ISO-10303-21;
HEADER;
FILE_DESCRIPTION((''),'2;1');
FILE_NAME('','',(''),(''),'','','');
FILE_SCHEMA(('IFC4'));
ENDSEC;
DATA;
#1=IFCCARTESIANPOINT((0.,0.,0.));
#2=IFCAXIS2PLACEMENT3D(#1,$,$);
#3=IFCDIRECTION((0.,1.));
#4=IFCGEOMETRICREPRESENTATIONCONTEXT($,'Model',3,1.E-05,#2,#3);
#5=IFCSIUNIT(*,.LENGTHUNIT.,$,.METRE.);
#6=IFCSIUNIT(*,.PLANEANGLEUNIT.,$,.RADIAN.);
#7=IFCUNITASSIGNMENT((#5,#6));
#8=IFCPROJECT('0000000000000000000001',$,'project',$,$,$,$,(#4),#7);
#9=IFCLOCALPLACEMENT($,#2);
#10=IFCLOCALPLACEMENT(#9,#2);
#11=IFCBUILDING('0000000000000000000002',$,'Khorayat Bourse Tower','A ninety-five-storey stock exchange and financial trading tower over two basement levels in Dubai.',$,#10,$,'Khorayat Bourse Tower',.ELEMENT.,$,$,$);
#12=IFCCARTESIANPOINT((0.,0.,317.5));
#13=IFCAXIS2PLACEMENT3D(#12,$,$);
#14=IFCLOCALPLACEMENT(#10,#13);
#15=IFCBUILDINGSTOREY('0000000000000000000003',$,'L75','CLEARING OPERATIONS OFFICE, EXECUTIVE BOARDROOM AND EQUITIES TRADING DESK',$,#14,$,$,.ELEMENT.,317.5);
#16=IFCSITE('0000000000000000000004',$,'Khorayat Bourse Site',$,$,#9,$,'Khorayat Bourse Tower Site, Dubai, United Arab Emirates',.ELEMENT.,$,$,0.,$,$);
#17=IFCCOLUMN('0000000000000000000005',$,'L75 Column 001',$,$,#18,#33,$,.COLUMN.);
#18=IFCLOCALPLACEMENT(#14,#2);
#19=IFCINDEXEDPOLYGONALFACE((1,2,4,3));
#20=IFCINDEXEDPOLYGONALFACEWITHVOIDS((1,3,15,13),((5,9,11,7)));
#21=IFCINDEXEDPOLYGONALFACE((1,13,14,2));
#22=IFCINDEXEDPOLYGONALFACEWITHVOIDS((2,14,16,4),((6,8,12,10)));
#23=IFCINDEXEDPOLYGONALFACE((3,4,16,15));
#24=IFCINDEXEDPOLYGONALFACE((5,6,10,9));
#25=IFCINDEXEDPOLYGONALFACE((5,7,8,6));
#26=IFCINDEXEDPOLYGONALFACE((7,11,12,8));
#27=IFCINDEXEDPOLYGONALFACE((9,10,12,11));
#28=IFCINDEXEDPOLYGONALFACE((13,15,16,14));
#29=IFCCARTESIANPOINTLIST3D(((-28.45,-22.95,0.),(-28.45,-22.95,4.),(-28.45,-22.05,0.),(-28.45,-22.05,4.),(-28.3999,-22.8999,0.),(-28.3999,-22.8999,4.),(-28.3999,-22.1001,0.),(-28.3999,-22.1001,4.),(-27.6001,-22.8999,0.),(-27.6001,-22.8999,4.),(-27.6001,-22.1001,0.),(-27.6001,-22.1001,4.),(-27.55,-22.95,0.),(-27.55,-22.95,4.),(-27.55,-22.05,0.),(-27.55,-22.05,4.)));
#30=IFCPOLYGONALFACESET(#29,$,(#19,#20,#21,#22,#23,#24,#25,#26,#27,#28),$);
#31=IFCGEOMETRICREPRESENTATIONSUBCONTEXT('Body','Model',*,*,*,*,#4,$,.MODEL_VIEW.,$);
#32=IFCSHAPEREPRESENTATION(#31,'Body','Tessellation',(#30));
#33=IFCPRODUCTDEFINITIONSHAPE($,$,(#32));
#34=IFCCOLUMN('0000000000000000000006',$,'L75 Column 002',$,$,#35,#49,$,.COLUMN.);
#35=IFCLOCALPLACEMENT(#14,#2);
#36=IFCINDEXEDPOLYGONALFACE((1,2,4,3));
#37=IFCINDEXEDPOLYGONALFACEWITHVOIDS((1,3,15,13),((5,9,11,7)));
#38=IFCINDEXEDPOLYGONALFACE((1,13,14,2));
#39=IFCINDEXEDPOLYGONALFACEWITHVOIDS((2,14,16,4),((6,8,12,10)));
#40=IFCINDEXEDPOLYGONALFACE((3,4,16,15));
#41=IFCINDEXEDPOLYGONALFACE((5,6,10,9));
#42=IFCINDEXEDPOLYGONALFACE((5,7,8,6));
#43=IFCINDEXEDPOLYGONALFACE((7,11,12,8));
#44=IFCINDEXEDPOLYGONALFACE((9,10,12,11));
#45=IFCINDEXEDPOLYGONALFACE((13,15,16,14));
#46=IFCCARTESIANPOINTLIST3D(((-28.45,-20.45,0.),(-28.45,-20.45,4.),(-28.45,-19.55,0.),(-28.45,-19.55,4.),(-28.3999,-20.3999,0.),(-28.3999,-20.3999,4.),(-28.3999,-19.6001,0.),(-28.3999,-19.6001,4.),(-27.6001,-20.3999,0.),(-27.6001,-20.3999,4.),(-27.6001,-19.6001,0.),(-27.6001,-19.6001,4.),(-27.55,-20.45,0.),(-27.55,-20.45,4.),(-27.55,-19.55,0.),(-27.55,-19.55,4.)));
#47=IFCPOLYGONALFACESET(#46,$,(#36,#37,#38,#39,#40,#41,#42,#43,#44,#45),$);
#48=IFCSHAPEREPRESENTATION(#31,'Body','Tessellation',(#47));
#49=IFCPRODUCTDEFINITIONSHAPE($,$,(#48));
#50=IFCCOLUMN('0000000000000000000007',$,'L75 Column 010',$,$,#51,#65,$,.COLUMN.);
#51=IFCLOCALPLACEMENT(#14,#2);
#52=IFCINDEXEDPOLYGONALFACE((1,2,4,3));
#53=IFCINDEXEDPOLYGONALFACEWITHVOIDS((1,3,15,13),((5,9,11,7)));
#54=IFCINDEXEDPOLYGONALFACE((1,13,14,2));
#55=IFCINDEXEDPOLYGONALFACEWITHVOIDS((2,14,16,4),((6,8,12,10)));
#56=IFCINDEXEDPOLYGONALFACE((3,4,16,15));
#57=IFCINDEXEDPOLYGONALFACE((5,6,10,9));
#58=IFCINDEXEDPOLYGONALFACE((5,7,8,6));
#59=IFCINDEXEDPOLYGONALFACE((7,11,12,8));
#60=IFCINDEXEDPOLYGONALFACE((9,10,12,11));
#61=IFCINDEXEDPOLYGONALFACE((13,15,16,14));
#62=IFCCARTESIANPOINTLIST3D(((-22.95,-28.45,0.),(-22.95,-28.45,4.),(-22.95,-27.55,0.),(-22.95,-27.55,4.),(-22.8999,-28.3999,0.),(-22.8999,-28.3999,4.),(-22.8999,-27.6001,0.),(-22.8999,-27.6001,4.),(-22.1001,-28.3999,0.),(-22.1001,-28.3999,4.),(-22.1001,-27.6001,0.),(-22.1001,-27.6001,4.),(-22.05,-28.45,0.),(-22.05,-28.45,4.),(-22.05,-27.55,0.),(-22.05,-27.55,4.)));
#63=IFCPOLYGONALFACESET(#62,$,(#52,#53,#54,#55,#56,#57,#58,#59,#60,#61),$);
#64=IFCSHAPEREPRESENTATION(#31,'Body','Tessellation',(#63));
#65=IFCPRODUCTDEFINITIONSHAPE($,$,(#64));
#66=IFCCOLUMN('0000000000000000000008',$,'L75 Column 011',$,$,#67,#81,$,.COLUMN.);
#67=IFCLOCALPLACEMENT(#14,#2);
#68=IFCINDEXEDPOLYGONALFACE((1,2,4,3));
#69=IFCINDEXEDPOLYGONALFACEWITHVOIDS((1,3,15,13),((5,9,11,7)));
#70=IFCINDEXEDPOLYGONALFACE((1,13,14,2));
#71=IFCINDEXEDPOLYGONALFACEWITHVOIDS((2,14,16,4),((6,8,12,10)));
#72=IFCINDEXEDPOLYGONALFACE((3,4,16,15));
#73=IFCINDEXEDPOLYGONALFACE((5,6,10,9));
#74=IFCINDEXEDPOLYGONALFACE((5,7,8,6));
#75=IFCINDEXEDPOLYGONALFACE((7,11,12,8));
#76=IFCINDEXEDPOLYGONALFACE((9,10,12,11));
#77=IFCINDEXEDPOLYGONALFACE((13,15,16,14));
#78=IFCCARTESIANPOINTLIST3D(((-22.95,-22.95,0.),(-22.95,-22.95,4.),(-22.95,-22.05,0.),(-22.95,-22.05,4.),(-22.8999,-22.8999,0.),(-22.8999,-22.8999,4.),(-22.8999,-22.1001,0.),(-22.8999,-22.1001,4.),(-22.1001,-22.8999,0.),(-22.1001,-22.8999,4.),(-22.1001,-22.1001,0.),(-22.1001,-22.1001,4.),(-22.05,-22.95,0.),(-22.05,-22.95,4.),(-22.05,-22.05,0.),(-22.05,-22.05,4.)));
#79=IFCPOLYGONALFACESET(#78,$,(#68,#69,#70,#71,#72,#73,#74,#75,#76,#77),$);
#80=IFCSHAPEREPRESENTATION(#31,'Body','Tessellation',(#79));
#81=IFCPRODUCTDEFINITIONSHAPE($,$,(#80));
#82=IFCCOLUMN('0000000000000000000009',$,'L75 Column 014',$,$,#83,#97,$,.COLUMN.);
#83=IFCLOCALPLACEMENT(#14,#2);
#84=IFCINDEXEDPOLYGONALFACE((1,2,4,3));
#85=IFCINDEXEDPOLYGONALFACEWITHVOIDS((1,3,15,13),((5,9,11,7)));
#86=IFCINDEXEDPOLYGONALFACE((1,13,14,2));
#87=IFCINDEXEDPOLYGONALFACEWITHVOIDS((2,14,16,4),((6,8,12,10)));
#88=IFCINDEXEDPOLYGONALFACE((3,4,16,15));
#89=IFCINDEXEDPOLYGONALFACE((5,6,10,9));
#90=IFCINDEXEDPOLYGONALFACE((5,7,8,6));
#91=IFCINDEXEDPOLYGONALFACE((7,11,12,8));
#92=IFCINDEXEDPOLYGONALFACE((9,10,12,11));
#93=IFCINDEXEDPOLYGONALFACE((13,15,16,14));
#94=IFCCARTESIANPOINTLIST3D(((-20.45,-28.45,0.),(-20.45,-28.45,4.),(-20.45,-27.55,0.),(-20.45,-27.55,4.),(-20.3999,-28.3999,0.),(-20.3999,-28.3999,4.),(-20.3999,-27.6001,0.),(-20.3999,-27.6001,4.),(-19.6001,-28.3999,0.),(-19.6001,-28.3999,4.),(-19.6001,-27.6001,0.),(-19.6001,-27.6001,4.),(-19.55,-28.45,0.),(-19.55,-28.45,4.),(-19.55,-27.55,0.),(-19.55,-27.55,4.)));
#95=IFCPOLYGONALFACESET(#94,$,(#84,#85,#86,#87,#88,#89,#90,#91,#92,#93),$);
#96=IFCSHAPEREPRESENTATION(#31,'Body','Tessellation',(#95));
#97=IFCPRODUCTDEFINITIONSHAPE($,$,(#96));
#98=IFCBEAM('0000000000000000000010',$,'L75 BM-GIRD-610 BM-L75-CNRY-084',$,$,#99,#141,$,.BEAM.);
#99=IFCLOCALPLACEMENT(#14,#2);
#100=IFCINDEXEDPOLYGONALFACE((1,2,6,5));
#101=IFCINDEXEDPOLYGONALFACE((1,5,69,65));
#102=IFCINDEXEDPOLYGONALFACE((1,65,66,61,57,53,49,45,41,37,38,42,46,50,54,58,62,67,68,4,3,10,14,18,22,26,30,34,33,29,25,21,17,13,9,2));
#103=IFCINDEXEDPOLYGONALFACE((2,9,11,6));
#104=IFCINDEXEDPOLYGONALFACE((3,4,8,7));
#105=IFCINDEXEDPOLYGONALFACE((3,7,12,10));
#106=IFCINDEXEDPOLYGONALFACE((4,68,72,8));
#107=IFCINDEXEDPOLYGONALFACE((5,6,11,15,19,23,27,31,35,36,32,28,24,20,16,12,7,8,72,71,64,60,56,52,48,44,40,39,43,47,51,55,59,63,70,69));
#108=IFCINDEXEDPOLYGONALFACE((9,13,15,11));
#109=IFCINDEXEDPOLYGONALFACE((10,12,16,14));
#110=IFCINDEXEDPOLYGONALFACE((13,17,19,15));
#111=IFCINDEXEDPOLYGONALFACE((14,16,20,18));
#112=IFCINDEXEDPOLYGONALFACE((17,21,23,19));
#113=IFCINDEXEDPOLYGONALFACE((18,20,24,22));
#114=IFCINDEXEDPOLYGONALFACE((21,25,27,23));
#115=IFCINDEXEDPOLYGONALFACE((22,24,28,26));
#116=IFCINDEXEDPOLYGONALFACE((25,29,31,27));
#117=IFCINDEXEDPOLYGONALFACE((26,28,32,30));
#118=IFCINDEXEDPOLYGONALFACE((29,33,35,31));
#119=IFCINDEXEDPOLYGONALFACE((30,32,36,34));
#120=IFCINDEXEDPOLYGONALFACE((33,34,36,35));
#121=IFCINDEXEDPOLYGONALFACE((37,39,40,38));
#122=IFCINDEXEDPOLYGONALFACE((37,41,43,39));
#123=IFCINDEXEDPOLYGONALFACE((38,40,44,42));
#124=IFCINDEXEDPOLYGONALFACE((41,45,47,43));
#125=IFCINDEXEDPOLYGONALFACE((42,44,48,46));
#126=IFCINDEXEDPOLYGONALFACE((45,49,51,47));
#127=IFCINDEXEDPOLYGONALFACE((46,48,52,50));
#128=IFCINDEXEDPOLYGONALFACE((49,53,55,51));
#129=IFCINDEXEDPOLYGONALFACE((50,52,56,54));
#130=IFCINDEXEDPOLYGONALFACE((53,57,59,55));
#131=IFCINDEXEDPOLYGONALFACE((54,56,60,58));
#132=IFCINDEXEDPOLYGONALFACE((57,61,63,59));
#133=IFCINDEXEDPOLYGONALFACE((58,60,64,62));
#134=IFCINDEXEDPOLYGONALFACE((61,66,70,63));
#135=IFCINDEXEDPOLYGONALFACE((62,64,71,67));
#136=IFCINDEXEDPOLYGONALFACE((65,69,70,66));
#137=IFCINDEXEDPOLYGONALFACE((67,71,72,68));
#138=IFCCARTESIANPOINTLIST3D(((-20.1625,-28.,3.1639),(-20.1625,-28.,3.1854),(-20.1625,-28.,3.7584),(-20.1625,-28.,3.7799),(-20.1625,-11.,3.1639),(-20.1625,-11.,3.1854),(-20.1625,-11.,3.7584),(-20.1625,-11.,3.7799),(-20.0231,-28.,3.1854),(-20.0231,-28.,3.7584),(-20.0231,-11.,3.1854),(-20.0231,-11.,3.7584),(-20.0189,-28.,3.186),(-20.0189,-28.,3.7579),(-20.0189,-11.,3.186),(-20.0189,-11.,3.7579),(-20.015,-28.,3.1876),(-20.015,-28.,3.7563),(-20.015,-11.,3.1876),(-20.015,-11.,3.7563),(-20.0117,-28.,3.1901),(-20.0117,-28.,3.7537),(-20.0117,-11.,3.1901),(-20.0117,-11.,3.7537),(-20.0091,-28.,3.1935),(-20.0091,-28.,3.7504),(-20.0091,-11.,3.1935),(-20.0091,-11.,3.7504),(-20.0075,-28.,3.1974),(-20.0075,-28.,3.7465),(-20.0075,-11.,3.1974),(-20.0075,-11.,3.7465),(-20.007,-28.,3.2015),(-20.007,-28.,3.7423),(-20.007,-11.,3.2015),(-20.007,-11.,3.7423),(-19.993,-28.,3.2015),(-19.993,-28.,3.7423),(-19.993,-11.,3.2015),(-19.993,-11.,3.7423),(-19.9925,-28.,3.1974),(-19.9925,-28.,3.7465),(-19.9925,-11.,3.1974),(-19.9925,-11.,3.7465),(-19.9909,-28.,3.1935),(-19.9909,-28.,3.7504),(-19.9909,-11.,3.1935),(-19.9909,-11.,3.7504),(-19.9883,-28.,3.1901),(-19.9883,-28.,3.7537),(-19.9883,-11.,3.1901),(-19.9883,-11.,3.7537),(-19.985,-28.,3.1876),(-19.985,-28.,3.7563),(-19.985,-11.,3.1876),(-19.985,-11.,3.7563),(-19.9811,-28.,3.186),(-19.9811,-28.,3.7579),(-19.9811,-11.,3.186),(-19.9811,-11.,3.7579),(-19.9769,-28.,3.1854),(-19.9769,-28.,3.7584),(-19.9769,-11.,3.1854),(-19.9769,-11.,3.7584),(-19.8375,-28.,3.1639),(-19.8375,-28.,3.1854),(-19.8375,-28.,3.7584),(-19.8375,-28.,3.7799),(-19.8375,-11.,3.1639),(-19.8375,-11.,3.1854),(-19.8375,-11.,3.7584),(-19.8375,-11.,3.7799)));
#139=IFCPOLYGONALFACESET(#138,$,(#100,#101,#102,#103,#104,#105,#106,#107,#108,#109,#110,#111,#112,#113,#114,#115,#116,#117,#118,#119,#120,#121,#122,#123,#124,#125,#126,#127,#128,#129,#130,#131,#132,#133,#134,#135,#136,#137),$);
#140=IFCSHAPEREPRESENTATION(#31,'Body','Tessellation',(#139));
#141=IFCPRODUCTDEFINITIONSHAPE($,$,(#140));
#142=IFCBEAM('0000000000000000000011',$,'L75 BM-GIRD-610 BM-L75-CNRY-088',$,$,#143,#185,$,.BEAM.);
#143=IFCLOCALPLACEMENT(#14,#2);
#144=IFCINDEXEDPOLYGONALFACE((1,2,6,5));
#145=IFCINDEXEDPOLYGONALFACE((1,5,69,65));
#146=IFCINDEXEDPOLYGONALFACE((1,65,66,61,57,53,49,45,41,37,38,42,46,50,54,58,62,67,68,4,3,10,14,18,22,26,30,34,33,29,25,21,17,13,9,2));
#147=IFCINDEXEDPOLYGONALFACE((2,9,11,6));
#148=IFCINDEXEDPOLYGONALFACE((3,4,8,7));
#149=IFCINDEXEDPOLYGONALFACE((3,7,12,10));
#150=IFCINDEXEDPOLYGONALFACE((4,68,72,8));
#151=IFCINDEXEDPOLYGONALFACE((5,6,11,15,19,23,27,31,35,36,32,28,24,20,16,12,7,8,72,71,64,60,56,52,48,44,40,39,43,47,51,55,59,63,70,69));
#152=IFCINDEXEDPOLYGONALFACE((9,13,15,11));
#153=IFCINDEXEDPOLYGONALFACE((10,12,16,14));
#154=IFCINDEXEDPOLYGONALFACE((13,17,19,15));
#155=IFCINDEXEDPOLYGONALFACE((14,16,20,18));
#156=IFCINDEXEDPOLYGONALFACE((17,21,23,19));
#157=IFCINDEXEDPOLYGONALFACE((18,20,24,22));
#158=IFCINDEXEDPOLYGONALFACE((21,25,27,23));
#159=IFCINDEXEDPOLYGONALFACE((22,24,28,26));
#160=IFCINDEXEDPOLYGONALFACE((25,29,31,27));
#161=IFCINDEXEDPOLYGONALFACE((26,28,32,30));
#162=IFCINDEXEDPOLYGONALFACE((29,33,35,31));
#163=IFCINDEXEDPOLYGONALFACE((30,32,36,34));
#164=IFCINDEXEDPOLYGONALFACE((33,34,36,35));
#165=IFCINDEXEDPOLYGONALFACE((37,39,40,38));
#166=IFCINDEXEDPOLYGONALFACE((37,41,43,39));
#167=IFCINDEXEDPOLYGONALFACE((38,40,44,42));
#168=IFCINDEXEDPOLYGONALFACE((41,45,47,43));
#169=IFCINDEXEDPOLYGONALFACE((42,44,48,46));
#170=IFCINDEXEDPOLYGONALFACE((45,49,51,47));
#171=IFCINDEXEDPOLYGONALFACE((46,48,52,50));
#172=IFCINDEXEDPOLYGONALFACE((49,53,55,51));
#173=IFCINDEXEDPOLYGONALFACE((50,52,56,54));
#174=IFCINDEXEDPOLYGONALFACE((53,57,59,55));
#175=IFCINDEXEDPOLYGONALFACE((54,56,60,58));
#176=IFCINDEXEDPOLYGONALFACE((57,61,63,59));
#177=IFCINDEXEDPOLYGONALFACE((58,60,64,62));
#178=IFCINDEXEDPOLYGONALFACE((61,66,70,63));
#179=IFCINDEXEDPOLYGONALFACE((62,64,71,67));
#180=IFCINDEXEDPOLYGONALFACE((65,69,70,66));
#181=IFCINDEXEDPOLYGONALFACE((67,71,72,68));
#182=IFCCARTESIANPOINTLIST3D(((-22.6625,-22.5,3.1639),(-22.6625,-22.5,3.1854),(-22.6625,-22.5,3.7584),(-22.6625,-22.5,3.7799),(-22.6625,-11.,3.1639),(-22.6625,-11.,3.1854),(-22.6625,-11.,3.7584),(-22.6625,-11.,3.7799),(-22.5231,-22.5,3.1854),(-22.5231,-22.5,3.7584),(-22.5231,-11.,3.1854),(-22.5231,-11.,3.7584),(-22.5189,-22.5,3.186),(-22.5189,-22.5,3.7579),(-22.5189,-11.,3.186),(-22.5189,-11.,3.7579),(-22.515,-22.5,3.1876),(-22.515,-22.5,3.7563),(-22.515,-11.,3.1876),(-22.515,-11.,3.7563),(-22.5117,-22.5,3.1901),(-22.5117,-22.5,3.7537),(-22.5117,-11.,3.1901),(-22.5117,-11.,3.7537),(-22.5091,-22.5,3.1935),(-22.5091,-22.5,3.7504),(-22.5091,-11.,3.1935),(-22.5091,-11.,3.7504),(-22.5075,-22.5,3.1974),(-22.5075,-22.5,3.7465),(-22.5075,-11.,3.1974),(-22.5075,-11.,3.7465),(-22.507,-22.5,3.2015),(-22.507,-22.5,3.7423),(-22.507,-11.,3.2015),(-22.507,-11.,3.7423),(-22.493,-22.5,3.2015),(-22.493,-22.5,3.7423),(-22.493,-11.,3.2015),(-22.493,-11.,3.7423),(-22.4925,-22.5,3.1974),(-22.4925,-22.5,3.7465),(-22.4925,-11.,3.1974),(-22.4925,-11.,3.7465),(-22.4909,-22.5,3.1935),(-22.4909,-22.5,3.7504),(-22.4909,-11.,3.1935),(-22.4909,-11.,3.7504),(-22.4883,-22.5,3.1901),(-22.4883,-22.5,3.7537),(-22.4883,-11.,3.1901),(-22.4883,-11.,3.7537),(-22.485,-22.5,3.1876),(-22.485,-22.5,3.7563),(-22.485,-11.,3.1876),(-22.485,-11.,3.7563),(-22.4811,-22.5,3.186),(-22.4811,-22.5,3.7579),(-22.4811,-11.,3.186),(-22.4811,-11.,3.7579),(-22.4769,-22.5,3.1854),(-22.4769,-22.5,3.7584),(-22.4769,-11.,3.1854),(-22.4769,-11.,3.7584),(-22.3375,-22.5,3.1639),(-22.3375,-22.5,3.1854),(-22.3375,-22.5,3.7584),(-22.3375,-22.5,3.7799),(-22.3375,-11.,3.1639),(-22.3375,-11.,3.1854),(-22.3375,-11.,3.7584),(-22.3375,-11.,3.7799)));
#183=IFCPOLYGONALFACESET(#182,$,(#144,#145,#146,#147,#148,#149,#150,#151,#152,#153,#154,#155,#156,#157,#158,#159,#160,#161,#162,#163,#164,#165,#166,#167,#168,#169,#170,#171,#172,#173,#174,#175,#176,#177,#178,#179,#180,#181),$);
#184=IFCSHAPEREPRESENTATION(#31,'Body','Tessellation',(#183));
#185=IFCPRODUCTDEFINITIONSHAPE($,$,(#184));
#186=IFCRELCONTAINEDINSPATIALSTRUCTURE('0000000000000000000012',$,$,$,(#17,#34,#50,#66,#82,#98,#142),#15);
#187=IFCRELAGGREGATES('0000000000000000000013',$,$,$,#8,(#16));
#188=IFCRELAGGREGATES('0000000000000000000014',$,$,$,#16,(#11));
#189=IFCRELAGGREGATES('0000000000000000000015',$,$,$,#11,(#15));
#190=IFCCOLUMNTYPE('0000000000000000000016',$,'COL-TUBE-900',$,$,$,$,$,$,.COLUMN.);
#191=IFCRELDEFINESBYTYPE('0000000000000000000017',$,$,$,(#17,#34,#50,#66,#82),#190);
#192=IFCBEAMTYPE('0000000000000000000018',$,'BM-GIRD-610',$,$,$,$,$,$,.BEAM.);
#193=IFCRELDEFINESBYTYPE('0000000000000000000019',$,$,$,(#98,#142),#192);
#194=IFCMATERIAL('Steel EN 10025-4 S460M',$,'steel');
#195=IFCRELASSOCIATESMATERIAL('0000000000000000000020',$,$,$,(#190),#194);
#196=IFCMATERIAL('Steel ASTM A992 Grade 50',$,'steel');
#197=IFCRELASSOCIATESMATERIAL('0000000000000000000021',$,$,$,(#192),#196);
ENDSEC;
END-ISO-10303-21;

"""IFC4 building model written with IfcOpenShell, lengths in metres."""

from ifc_helpers import new_model, si_unit, direction, frame, origin, origin_2d, place, context, subcontext, project, spatial, hollow_rectangle, i_section, extrude, source, transform, mapped, material, material_profile, profile_set, type_object, element, save


model = new_model("IFC4")

# Units and contexts
model_context = context("Model", 3, precision=1e-05, world=origin(), true_north=direction((0.0, 1.0)))
body_context = subcontext(model_context, "Body", "Model", "MODEL_VIEW")
ifc_project = project(units=[si_unit("LENGTHUNIT", "METRE"), si_unit("PLANEANGLEUNIT", "RADIAN")], contexts=[model_context])

# Site, building, storey
site_placement = place(None, origin())
site = spatial("IfcSite", under=ifc_project, at=site_placement, Name="Khorayat Bourse Site", LongName="Khorayat Bourse Tower Site, Dubai, United Arab Emirates", CompositionType="ELEMENT", RefElevation=0.0)
building_placement = place(site_placement, origin())
building = spatial("IfcBuilding", under=site, at=building_placement, Name="Khorayat Bourse Tower", Description="A ninety-five-storey stock exchange and financial trading tower over two basement levels in Dubai.", LongName="Khorayat Bourse Tower", CompositionType="ELEMENT")
storey_placement = place(building_placement, frame((0.0, 0.0, 317.5)))
storey = spatial("IfcBuildingStorey", under=building, at=storey_placement, Name="L75", Description="CLEARING OPERATIONS OFFICE, EXECUTIVE BOARDROOM AND EQUITIES TRADING DESK", CompositionType="ELEMENT", Elevation=317.5)

# Columns
ifc_material_1 = material(Name="Steel EN 10025-4 S460M", Category="steel")
ifc_material_profile_1 = material_profile(ifc_material_1, hollow_rectangle(XDim=0.8999, YDim=0.8999, WallThickness=0.05, at=origin_2d()), Name="BOX 900x900x50")
ifc_profile_set_1 = profile_set([ifc_material_profile_1], Name="Steel EN 10025-4 S460M")
column_type = type_object("IfcColumnType", Name="COL-TUBE-900", PredefinedType="COLUMN", material=ifc_profile_set_1)
shared_shape_1 = source(origin(), body_context, "Body", "SweptSolid", [
    extrude(hollow_rectangle(XDim=0.8999, YDim=0.8999, WallThickness=0.05, at=origin_2d()), origin(), (0.0, 0.0, 1.0), 4.0),
])
for number, where, z_axis, x_axis, name in (
    (1, (-28.0, -22.5, 0.0), (0.0, 0.0, 1.0), (1.0, 0.0, 0.0), "L75 Column 001"),
    (2, (-28.0, -20.0, 0.0), (0.0, 0.0, 1.0), (1.0, 0.0, 0.0), "L75 Column 002"),
    (3, (-22.5, -28.0, 0.0), (0.0, 0.0, 1.0), (1.0, 0.0, 0.0), "L75 Column 010"),
    (4, (-22.5, -22.5, 0.0), (0.0, 0.0, 1.0), (1.0, 0.0, 0.0), "L75 Column 011"),
    (5, (-20.0, -28.0, 0.0), (0.0, 0.0, 1.0), (1.0, 0.0, 0.0), "L75 Column 014"),
):
    element("IfcColumn", number, at=place(storey_placement, frame(where, z_axis=z_axis, x_axis=x_axis)), inside=storey, type_object=column_type, Name=name, PredefinedType="COLUMN", context=body_context, shape_type="MappedRepresentation", body=[
        mapped(shared_shape_1, transform((0.0, 0.0, 0.0), scale=1.0)),
    ])

# Beams
ifc_material_2 = material(Name="Steel ASTM A992 Grade 50", Category="steel")
ifc_material_profile_2 = material_profile(ifc_material_2, i_section(OverallWidth=0.325, OverallDepth=0.616, WebThickness=0.0139, FlangeThickness=0.0215, FilletRadius=0.0161, at=origin_2d()), Name="W610X174")
ifc_profile_set_2 = profile_set([ifc_material_profile_2], Name="Steel ASTM A992 Grade 50")
beam_type_1 = type_object("IfcBeamType", Name="BM-GIRD-610", PredefinedType="BEAM", material=ifc_profile_set_2)
shared_shape_2 = source(origin(), body_context, "Body", "SweptSolid", [
    extrude(i_section(OverallWidth=0.325, OverallDepth=0.616, WebThickness=0.0139, FlangeThickness=0.0215, FilletRadius=0.0161, at=origin_2d()), origin(), (0.0, 0.0, 1.0), 17.0),
])
beam_1_placement = place(storey_placement, frame((-20.0, -28.0, 3.4719), z_axis=(0.0, 1.0, 0.0), x_axis=(-1.0, 0.0, 0.0)))
element("IfcBeam", 6, at=beam_1_placement, inside=storey, type_object=beam_type_1, Name="L75 BM-GIRD-610 BM-L75-CNRY-084", PredefinedType="BEAM", context=body_context, shape_type="MappedRepresentation", body=[
    mapped(shared_shape_2, transform((0.0, 0.0, 0.0), scale=1.0)),
])
shared_shape_3 = source(origin(), body_context, "Body", "SweptSolid", [
    extrude(i_section(OverallWidth=0.325, OverallDepth=0.616, WebThickness=0.0139, FlangeThickness=0.0215, FilletRadius=0.0161, at=origin_2d()), origin(), (0.0, 0.0, 1.0), 11.5),
])
beam_2_placement = place(storey_placement, frame((-22.5, -22.5, 3.4719), z_axis=(0.0, 1.0, 0.0), x_axis=(-1.0, 0.0, 0.0)))
element("IfcBeam", 7, at=beam_2_placement, inside=storey, type_object=beam_type_1, Name="L75 BM-GIRD-610 BM-L75-CNRY-088", PredefinedType="BEAM", context=body_context, shape_type="MappedRepresentation", body=[
    mapped(shared_shape_3, transform((0.0, 0.0, 0.0), scale=1.0)),
])

save(model, "model.ifc")
